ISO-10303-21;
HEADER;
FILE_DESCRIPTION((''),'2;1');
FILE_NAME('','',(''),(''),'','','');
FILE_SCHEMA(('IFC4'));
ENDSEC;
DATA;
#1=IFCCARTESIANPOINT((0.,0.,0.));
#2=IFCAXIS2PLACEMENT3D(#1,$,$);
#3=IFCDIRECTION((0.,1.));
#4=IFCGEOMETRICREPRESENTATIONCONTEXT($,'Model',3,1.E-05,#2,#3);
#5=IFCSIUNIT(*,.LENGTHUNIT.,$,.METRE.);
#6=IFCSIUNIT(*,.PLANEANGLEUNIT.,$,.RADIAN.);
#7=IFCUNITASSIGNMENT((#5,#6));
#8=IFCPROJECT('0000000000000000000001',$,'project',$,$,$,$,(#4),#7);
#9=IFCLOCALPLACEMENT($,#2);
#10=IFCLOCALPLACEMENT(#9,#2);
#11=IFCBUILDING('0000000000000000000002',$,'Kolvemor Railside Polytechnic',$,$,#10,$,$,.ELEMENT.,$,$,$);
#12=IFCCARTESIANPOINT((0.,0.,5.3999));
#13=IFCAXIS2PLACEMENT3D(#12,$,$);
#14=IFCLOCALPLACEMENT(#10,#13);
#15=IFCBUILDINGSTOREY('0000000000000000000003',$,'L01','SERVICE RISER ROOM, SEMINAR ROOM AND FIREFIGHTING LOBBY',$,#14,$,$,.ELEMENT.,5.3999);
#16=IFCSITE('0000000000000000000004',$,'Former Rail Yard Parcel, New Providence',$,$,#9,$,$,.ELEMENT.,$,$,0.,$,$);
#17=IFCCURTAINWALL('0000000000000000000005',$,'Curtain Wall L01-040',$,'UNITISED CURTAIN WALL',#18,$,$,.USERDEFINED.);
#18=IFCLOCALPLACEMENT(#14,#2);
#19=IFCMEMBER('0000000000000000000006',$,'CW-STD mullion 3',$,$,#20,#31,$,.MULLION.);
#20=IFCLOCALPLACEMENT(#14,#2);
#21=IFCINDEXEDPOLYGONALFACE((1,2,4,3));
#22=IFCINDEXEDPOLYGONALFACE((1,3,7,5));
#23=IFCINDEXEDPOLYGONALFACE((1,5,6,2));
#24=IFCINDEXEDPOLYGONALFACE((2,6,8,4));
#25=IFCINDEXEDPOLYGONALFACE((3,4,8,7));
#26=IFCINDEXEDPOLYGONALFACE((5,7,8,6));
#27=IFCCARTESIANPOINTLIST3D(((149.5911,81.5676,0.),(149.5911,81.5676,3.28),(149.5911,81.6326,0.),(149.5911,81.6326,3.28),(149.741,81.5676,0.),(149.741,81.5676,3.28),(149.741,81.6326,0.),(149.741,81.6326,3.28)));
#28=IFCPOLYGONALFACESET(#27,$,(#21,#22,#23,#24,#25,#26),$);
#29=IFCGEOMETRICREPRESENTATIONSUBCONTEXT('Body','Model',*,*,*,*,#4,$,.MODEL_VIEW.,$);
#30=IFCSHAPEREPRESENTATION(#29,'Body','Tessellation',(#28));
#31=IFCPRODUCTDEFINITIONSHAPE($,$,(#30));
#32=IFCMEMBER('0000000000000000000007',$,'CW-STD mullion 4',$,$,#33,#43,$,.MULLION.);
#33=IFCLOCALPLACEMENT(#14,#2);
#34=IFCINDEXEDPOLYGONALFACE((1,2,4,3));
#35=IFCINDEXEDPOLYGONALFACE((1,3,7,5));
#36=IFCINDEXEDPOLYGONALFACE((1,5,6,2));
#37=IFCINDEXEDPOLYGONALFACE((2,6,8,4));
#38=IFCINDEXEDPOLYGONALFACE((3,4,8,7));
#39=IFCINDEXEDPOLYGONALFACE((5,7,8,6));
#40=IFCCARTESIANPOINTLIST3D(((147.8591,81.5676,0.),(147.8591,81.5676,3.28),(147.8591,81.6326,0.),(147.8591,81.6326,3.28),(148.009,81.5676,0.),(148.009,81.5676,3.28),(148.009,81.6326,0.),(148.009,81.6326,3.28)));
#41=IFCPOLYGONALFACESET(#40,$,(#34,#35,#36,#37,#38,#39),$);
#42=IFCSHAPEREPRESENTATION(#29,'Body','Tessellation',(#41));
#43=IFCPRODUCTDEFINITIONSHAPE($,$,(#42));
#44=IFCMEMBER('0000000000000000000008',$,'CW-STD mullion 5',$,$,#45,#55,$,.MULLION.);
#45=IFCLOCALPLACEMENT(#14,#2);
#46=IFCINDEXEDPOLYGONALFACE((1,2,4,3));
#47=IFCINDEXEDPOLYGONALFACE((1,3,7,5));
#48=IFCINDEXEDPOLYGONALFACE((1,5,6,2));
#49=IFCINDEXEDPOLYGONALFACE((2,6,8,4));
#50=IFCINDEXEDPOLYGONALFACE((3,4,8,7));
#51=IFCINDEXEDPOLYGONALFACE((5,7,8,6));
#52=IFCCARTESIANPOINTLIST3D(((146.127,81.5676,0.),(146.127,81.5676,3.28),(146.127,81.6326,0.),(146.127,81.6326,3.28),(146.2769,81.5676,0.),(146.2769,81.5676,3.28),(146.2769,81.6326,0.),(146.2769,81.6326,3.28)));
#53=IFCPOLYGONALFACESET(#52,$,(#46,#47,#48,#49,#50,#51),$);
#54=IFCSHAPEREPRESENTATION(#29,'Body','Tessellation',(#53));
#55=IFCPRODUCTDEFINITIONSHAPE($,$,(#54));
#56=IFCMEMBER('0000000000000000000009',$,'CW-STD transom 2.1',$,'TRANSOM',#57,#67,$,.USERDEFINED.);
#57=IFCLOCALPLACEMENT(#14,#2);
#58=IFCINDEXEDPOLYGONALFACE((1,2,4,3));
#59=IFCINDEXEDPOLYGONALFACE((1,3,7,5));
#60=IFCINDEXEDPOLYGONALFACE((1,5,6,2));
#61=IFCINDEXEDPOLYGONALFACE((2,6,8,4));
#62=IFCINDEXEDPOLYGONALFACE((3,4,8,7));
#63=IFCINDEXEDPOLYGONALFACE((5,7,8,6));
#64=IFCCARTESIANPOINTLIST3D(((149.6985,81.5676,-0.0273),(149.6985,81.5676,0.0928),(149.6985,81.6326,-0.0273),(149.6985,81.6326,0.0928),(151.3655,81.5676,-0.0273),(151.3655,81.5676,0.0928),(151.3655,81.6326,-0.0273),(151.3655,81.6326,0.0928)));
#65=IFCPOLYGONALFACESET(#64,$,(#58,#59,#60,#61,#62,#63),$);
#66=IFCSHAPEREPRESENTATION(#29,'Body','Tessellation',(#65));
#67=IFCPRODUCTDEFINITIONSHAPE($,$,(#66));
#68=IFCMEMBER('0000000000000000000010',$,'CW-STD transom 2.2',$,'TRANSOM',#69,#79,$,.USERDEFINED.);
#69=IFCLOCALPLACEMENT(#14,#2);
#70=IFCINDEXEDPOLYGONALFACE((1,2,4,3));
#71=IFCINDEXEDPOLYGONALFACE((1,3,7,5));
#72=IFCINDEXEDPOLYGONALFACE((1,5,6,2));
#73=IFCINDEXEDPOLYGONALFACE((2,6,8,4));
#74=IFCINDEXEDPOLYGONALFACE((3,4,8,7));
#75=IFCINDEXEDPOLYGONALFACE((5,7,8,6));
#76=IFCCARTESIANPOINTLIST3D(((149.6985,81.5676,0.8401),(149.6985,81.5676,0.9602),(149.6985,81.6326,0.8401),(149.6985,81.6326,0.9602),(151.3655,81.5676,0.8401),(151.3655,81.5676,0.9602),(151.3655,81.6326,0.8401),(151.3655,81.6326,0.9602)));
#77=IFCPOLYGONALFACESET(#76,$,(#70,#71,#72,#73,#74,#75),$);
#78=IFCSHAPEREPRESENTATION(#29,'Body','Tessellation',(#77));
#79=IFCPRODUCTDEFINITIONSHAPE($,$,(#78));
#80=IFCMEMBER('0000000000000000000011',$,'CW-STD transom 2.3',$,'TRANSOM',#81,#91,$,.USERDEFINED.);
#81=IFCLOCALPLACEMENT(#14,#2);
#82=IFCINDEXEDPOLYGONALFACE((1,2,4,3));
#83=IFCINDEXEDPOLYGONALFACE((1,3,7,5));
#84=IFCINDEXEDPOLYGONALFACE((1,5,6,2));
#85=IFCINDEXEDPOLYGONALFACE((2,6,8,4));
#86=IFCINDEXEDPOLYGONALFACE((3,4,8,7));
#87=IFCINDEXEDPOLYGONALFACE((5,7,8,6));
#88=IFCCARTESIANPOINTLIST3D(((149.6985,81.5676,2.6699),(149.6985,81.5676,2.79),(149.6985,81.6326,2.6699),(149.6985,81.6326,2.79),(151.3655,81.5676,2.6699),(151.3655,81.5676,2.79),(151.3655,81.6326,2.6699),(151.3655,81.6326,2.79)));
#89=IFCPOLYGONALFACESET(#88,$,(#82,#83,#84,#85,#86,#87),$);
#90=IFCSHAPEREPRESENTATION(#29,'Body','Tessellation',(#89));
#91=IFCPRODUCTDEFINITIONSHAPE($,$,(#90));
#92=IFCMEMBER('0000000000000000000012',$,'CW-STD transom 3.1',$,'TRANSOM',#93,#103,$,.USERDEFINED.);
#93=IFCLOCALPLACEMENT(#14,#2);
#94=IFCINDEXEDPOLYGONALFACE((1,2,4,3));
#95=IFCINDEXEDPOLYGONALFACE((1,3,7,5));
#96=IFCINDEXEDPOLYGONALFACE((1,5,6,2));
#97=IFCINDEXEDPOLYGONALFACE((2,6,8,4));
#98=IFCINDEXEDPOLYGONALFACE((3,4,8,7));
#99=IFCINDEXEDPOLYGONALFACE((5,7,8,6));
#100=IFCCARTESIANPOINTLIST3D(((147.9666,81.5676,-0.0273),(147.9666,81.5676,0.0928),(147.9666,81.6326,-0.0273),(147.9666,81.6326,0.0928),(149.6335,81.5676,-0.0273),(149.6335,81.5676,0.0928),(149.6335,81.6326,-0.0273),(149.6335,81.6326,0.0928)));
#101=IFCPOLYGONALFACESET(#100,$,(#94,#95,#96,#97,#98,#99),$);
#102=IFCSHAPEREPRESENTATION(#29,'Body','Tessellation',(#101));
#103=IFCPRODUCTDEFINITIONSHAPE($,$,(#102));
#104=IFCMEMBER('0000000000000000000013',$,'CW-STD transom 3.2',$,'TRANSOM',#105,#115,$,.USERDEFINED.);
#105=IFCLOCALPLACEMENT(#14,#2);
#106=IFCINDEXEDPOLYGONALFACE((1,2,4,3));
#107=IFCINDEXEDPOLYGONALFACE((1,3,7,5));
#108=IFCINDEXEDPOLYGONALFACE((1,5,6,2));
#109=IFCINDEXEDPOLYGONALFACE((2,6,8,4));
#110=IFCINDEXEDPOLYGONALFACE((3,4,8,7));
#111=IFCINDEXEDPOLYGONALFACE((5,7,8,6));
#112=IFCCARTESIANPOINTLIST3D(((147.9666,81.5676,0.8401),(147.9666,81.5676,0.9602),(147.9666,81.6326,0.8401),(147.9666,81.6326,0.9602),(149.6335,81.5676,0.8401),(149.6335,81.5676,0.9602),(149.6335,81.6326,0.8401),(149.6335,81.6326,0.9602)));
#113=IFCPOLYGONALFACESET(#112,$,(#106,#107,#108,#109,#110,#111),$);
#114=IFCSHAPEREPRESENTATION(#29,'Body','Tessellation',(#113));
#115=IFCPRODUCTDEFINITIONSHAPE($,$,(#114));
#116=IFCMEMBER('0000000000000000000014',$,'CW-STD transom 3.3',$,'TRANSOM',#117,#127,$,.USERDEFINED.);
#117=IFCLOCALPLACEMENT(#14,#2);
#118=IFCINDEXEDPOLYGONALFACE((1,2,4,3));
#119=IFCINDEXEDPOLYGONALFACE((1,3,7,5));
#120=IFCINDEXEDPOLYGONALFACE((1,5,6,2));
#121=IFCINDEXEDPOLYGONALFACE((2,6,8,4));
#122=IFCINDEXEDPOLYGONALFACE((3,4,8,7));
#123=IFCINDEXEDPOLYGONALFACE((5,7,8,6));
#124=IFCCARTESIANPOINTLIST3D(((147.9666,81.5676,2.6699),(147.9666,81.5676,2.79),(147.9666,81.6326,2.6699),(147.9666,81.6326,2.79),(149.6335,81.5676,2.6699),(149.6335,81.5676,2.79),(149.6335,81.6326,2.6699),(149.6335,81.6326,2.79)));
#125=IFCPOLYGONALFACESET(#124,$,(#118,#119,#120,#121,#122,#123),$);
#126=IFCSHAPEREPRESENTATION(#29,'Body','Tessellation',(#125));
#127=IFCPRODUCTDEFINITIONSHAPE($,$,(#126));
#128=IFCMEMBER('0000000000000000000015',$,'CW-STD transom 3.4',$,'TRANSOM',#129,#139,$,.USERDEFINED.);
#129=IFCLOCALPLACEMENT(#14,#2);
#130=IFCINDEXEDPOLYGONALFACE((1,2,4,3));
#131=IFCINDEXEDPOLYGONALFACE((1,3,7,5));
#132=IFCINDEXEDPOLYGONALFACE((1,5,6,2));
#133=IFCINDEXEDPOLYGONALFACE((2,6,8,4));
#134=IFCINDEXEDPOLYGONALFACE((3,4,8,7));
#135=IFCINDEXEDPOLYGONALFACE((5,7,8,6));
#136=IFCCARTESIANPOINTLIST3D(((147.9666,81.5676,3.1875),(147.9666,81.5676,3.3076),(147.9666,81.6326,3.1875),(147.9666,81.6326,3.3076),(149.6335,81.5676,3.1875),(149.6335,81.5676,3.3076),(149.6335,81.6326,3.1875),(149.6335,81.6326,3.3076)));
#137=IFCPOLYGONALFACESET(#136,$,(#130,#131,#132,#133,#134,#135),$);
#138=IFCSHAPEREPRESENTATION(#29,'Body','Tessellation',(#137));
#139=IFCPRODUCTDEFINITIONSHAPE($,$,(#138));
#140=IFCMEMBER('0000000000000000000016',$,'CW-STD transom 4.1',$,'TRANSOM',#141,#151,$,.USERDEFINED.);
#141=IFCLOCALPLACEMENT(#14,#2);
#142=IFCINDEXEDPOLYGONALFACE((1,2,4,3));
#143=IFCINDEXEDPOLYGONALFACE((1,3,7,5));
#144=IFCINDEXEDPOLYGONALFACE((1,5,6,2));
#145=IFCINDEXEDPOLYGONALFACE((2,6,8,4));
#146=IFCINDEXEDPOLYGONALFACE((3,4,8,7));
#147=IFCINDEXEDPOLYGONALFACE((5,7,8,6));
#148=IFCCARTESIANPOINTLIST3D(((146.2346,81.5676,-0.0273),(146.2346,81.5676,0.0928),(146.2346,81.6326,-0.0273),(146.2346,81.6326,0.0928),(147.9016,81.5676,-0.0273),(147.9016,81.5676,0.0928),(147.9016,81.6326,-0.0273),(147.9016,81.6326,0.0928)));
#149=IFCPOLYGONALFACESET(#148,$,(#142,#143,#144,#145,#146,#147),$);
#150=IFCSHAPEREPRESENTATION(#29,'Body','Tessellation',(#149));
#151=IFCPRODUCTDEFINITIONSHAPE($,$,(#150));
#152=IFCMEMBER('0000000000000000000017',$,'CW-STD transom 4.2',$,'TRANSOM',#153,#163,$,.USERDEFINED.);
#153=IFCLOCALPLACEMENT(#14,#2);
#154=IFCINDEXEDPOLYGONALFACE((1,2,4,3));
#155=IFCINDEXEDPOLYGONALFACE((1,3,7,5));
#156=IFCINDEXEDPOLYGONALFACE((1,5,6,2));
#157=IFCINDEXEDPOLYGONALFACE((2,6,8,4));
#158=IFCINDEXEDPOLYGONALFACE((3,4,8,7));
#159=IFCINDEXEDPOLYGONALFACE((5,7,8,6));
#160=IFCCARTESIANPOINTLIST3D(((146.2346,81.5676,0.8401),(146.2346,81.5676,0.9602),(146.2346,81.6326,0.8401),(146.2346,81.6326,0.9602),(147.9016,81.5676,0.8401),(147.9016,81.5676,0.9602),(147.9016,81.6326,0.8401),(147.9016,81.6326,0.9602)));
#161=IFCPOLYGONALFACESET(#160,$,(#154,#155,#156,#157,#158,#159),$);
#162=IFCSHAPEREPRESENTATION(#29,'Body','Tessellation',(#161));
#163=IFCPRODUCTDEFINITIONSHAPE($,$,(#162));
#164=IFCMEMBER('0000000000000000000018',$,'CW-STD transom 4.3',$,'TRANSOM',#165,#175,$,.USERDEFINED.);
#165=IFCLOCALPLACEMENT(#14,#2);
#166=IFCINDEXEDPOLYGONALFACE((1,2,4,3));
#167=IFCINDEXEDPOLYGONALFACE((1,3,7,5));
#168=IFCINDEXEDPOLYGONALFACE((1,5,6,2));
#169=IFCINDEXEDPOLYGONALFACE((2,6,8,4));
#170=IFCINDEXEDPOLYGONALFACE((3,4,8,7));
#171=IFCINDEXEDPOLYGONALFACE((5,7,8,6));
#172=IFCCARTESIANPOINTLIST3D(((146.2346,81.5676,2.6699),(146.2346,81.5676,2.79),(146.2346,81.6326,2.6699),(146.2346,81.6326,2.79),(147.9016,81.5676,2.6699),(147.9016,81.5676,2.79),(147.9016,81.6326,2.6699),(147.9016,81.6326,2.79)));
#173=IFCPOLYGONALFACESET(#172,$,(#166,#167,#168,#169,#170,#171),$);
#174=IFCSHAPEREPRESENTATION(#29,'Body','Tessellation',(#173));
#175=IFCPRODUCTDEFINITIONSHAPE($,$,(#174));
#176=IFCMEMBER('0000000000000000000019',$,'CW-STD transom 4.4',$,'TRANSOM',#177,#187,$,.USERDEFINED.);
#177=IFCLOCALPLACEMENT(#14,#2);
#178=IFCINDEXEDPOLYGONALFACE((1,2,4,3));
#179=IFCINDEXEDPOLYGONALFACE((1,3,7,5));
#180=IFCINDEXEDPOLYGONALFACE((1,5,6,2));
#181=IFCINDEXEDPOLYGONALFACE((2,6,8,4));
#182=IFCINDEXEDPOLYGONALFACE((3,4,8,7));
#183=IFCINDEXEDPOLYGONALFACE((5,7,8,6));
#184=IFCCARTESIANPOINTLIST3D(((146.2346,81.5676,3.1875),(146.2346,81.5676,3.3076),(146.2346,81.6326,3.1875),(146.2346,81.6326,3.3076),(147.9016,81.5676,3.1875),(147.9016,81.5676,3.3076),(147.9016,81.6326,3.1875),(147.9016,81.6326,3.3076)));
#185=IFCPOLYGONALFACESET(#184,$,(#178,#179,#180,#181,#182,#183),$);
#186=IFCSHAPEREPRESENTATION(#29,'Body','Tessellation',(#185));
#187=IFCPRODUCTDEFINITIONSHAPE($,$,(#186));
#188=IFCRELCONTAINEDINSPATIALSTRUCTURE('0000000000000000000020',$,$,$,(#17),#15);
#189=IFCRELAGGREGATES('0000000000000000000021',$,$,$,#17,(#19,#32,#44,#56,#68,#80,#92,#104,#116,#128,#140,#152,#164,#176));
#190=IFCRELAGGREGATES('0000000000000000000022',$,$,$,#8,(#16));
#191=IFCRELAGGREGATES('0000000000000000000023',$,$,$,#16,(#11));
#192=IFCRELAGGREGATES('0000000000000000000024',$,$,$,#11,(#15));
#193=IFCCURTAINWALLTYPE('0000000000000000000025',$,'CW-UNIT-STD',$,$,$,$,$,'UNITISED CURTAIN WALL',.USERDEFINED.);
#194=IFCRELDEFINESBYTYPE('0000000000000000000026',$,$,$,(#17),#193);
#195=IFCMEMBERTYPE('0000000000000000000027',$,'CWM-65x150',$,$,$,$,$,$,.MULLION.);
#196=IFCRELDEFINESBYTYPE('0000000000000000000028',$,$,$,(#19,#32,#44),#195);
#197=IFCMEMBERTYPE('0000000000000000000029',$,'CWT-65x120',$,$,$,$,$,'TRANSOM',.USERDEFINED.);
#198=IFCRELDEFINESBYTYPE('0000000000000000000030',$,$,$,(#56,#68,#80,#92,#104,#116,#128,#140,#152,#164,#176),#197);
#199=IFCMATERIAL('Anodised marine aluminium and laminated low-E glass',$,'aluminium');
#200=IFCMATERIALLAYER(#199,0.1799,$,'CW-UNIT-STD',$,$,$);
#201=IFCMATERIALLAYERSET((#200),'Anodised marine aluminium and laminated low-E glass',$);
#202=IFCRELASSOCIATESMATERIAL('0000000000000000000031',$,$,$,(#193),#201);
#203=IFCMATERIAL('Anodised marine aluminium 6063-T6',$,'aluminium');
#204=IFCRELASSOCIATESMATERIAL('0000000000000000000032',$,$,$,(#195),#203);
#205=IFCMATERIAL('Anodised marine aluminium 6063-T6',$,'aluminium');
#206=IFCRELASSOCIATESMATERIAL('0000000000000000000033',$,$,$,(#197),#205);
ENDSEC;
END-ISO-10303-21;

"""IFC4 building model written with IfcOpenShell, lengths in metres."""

from ifc_helpers import new_model, si_unit, direction, frame, origin, origin_2d, place, context, subcontext, project, spatial, rectangle, extrude, material, layer, layer_set, material_profile, profile_set, type_object, element, aggregate, save


model = new_model("IFC4")

# Units and contexts
model_context = context("Model", 3, precision=1e-05, world=origin(), true_north=direction((0.0, 1.0)))
body_context = subcontext(model_context, "Body", "Model", "MODEL_VIEW")
ifc_project = project(units=[si_unit("LENGTHUNIT", "METRE"), si_unit("PLANEANGLEUNIT", "RADIAN")], contexts=[model_context])

# Site, building, storey
site_placement = place(None, origin())
site = spatial("IfcSite", under=ifc_project, at=site_placement, Name="Former Rail Yard Parcel, New Providence", CompositionType="ELEMENT", RefElevation=0.0)
building_placement = place(site_placement, origin())
building = spatial("IfcBuilding", under=site, at=building_placement, Name="Kolvemor Railside Polytechnic", CompositionType="ELEMENT")
storey_placement = place(building_placement, frame((0.0, 0.0, 5.3999)))
storey = spatial("IfcBuildingStorey", under=building, at=storey_placement, Name="L01", Description="SERVICE RISER ROOM, SEMINAR ROOM AND FIREFIGHTING LOBBY", CompositionType="ELEMENT", Elevation=5.3999)

# Curtain wall, members
ifc_material_1 = material(Name="Anodised marine aluminium and laminated low-E glass", Category="aluminium")
ifc_layer_1 = layer(ifc_material_1, 0.1799, Name="CW-UNIT-STD")
ifc_layer_set_1 = layer_set([ifc_layer_1], Name="Anodised marine aluminium and laminated low-E glass")
curtain_wall_type = type_object("IfcCurtainWallType", Name="CW-UNIT-STD", ElementType="UNITISED CURTAIN WALL", PredefinedType="USERDEFINED", material=ifc_layer_set_1)
curtain_wall_placement = place(storey_placement, origin())
curtain_wall = element("IfcCurtainWall", 1, at=curtain_wall_placement, inside=storey, type_object=curtain_wall_type, Name="Curtain Wall L01-040", ObjectType="UNITISED CURTAIN WALL", PredefinedType="USERDEFINED")
ifc_material_2 = material(Name="Anodised marine aluminium 6063-T6", Category="aluminium")
ifc_material_profile_1 = material_profile(ifc_material_2, rectangle(XDim=0.0649, YDim=0.1499, at=origin_2d()), Name="CW-MUL-65x150")
ifc_profile_set_1 = profile_set([ifc_material_profile_1], Name="Anodised marine aluminium 6063-T6")
member_type_1 = type_object("IfcMemberType", Name="CWM-65x150", PredefinedType="MULLION", material=ifc_profile_set_1)
member_1_placement = place(storey_placement, frame((149.666, 81.6001, 0.0), z_axis=(0.0, 0.0, 1.0), x_axis=(0.0, -1.0, 0.0)))
member_1 = element("IfcMember", 2, at=member_1_placement, type_object=member_type_1, Name="CW-STD mullion 3", PredefinedType="MULLION", context=body_context, shape_type="SweptSolid", body=[
    extrude(rectangle(XDim=0.0649, YDim=0.1499, at=origin_2d()), origin(), (0.0, 0.0, 1.0), 3.28),
])
member_2_placement = place(storey_placement, frame((147.9341, 81.6001, 0.0), z_axis=(0.0, 0.0, 1.0), x_axis=(0.0, -1.0, 0.0)))
member_2 = element("IfcMember", 3, at=member_2_placement, type_object=member_type_1, Name="CW-STD mullion 4", PredefinedType="MULLION", context=body_context, shape_type="SweptSolid", body=[
    extrude(rectangle(XDim=0.0649, YDim=0.1499, at=origin_2d()), origin(), (0.0, 0.0, 1.0), 3.28),
])
member_3_placement = place(storey_placement, frame((146.2019, 81.6001, 0.0), z_axis=(0.0, 0.0, 1.0), x_axis=(0.0, -1.0, 0.0)))
member_3 = element("IfcMember", 4, at=member_3_placement, type_object=member_type_1, Name="CW-STD mullion 5", PredefinedType="MULLION", context=body_context, shape_type="SweptSolid", body=[
    extrude(rectangle(XDim=0.0649, YDim=0.1499, at=origin_2d()), origin(), (0.0, 0.0, 1.0), 3.28),
])
ifc_material_3 = material(Name="Anodised marine aluminium 6063-T6", Category="aluminium")
ifc_material_profile_2 = material_profile(ifc_material_3, rectangle(XDim=0.0649, YDim=0.1201, at=origin_2d()), Name="CW-TRN-65x120")
ifc_profile_set_2 = profile_set([ifc_material_profile_2], Name="Anodised marine aluminium 6063-T6")
member_type_2 = type_object("IfcMemberType", Name="CWT-65x120", ElementType="TRANSOM", PredefinedType="USERDEFINED", material=ifc_profile_set_2)
member_4_placement = place(storey_placement, frame((151.3655, 81.6001, 0.0327), z_axis=(-1.0, 0.0, 0.0), x_axis=(0.0, -1.0, 0.0)))
member_4 = element("IfcMember", 5, at=member_4_placement, type_object=member_type_2, Name="CW-STD transom 2.1", ObjectType="TRANSOM", PredefinedType="USERDEFINED", context=body_context, shape_type="SweptSolid", body=[
    extrude(rectangle(XDim=0.0649, YDim=0.1201, at=origin_2d()), origin(), (0.0, 0.0, 1.0), 1.667),
])
member_5_placement = place(storey_placement, frame((151.3655, 81.6001, 0.9001), z_axis=(-1.0, 0.0, 0.0), x_axis=(0.0, -1.0, 0.0)))
member_5 = element("IfcMember", 6, at=member_5_placement, type_object=member_type_2, Name="CW-STD transom 2.2", ObjectType="TRANSOM", PredefinedType="USERDEFINED", context=body_context, shape_type="SweptSolid", body=[
    extrude(rectangle(XDim=0.0649, YDim=0.1201, at=origin_2d()), origin(), (0.0, 0.0, 1.0), 1.667),
])
member_6_placement = place(storey_placement, frame((151.3655, 81.6001, 2.73), z_axis=(-1.0, 0.0, 0.0), x_axis=(0.0, -1.0, 0.0)))
member_6 = element("IfcMember", 7, at=member_6_placement, type_object=member_type_2, Name="CW-STD transom 2.3", ObjectType="TRANSOM", PredefinedType="USERDEFINED", context=body_context, shape_type="SweptSolid", body=[
    extrude(rectangle(XDim=0.0649, YDim=0.1201, at=origin_2d()), origin(), (0.0, 0.0, 1.0), 1.667),
])
member_7_placement = place(storey_placement, frame((149.6335, 81.6001, 0.0327), z_axis=(-1.0, 0.0, 0.0), x_axis=(0.0, -1.0, 0.0)))
member_7 = element("IfcMember", 8, at=member_7_placement, type_object=member_type_2, Name="CW-STD transom 3.1", ObjectType="TRANSOM", PredefinedType="USERDEFINED", context=body_context, shape_type="SweptSolid", body=[
    extrude(rectangle(XDim=0.0649, YDim=0.1201, at=origin_2d()), origin(), (0.0, 0.0, 1.0), 1.667),
])
member_8_placement = place(storey_placement, frame((149.6335, 81.6001, 0.9001), z_axis=(-1.0, 0.0, 0.0), x_axis=(0.0, -1.0, 0.0)))
member_8 = element("IfcMember", 9, at=member_8_placement, type_object=member_type_2, Name="CW-STD transom 3.2", ObjectType="TRANSOM", PredefinedType="USERDEFINED", context=body_context, shape_type="SweptSolid", body=[
    extrude(rectangle(XDim=0.0649, YDim=0.1201, at=origin_2d()), origin(), (0.0, 0.0, 1.0), 1.667),
])
member_9_placement = place(storey_placement, frame((149.6335, 81.6001, 2.73), z_axis=(-1.0, 0.0, 0.0), x_axis=(0.0, -1.0, 0.0)))
member_9 = element("IfcMember", 10, at=member_9_placement, type_object=member_type_2, Name="CW-STD transom 3.3", ObjectType="TRANSOM", PredefinedType="USERDEFINED", context=body_context, shape_type="SweptSolid", body=[
    extrude(rectangle(XDim=0.0649, YDim=0.1201, at=origin_2d()), origin(), (0.0, 0.0, 1.0), 1.667),
])
member_10_placement = place(storey_placement, frame((149.6335, 81.6001, 3.2476), z_axis=(-1.0, 0.0, 0.0), x_axis=(0.0, -1.0, 0.0)))
member_10 = element("IfcMember", 11, at=member_10_placement, type_object=member_type_2, Name="CW-STD transom 3.4", ObjectType="TRANSOM", PredefinedType="USERDEFINED", context=body_context, shape_type="SweptSolid", body=[
    extrude(rectangle(XDim=0.0649, YDim=0.1201, at=origin_2d()), origin(), (0.0, 0.0, 1.0), 1.667),
])
member_11_placement = place(storey_placement, frame((147.9016, 81.6001, 0.0327), z_axis=(-1.0, 0.0, 0.0), x_axis=(0.0, -1.0, 0.0)))
member_11 = element("IfcMember", 12, at=member_11_placement, type_object=member_type_2, Name="CW-STD transom 4.1", ObjectType="TRANSOM", PredefinedType="USERDEFINED", context=body_context, shape_type="SweptSolid", body=[
    extrude(rectangle(XDim=0.0649, YDim=0.1201, at=origin_2d()), origin(), (0.0, 0.0, 1.0), 1.667),
])
member_12_placement = place(storey_placement, frame((147.9016, 81.6001, 0.9001), z_axis=(-1.0, 0.0, 0.0), x_axis=(0.0, -1.0, 0.0)))
member_12 = element("IfcMember", 13, at=member_12_placement, type_object=member_type_2, Name="CW-STD transom 4.2", ObjectType="TRANSOM", PredefinedType="USERDEFINED", context=body_context, shape_type="SweptSolid", body=[
    extrude(rectangle(XDim=0.0649, YDim=0.1201, at=origin_2d()), origin(), (0.0, 0.0, 1.0), 1.667),
])
member_13_placement = place(storey_placement, frame((147.9016, 81.6001, 2.73), z_axis=(-1.0, 0.0, 0.0), x_axis=(0.0, -1.0, 0.0)))
member_13 = element("IfcMember", 14, at=member_13_placement, type_object=member_type_2, Name="CW-STD transom 4.3", ObjectType="TRANSOM", PredefinedType="USERDEFINED", context=body_context, shape_type="SweptSolid", body=[
    extrude(rectangle(XDim=0.0649, YDim=0.1201, at=origin_2d()), origin(), (0.0, 0.0, 1.0), 1.667),
])
member_14_placement = place(storey_placement, frame((147.9016, 81.6001, 3.2476), z_axis=(-1.0, 0.0, 0.0), x_axis=(0.0, -1.0, 0.0)))
member_14 = element("IfcMember", 15, at=member_14_placement, type_object=member_type_2, Name="CW-STD transom 4.4", ObjectType="TRANSOM", PredefinedType="USERDEFINED", context=body_context, shape_type="SweptSolid", body=[
    extrude(rectangle(XDim=0.0649, YDim=0.1201, at=origin_2d()), origin(), (0.0, 0.0, 1.0), 1.667),
])
aggregate(curtain_wall, [member_1, member_2, member_3, member_4, member_5, member_6, member_7, member_8, member_9, member_10, member_11, member_12, member_13, member_14])

save(model, "model.ifc")
